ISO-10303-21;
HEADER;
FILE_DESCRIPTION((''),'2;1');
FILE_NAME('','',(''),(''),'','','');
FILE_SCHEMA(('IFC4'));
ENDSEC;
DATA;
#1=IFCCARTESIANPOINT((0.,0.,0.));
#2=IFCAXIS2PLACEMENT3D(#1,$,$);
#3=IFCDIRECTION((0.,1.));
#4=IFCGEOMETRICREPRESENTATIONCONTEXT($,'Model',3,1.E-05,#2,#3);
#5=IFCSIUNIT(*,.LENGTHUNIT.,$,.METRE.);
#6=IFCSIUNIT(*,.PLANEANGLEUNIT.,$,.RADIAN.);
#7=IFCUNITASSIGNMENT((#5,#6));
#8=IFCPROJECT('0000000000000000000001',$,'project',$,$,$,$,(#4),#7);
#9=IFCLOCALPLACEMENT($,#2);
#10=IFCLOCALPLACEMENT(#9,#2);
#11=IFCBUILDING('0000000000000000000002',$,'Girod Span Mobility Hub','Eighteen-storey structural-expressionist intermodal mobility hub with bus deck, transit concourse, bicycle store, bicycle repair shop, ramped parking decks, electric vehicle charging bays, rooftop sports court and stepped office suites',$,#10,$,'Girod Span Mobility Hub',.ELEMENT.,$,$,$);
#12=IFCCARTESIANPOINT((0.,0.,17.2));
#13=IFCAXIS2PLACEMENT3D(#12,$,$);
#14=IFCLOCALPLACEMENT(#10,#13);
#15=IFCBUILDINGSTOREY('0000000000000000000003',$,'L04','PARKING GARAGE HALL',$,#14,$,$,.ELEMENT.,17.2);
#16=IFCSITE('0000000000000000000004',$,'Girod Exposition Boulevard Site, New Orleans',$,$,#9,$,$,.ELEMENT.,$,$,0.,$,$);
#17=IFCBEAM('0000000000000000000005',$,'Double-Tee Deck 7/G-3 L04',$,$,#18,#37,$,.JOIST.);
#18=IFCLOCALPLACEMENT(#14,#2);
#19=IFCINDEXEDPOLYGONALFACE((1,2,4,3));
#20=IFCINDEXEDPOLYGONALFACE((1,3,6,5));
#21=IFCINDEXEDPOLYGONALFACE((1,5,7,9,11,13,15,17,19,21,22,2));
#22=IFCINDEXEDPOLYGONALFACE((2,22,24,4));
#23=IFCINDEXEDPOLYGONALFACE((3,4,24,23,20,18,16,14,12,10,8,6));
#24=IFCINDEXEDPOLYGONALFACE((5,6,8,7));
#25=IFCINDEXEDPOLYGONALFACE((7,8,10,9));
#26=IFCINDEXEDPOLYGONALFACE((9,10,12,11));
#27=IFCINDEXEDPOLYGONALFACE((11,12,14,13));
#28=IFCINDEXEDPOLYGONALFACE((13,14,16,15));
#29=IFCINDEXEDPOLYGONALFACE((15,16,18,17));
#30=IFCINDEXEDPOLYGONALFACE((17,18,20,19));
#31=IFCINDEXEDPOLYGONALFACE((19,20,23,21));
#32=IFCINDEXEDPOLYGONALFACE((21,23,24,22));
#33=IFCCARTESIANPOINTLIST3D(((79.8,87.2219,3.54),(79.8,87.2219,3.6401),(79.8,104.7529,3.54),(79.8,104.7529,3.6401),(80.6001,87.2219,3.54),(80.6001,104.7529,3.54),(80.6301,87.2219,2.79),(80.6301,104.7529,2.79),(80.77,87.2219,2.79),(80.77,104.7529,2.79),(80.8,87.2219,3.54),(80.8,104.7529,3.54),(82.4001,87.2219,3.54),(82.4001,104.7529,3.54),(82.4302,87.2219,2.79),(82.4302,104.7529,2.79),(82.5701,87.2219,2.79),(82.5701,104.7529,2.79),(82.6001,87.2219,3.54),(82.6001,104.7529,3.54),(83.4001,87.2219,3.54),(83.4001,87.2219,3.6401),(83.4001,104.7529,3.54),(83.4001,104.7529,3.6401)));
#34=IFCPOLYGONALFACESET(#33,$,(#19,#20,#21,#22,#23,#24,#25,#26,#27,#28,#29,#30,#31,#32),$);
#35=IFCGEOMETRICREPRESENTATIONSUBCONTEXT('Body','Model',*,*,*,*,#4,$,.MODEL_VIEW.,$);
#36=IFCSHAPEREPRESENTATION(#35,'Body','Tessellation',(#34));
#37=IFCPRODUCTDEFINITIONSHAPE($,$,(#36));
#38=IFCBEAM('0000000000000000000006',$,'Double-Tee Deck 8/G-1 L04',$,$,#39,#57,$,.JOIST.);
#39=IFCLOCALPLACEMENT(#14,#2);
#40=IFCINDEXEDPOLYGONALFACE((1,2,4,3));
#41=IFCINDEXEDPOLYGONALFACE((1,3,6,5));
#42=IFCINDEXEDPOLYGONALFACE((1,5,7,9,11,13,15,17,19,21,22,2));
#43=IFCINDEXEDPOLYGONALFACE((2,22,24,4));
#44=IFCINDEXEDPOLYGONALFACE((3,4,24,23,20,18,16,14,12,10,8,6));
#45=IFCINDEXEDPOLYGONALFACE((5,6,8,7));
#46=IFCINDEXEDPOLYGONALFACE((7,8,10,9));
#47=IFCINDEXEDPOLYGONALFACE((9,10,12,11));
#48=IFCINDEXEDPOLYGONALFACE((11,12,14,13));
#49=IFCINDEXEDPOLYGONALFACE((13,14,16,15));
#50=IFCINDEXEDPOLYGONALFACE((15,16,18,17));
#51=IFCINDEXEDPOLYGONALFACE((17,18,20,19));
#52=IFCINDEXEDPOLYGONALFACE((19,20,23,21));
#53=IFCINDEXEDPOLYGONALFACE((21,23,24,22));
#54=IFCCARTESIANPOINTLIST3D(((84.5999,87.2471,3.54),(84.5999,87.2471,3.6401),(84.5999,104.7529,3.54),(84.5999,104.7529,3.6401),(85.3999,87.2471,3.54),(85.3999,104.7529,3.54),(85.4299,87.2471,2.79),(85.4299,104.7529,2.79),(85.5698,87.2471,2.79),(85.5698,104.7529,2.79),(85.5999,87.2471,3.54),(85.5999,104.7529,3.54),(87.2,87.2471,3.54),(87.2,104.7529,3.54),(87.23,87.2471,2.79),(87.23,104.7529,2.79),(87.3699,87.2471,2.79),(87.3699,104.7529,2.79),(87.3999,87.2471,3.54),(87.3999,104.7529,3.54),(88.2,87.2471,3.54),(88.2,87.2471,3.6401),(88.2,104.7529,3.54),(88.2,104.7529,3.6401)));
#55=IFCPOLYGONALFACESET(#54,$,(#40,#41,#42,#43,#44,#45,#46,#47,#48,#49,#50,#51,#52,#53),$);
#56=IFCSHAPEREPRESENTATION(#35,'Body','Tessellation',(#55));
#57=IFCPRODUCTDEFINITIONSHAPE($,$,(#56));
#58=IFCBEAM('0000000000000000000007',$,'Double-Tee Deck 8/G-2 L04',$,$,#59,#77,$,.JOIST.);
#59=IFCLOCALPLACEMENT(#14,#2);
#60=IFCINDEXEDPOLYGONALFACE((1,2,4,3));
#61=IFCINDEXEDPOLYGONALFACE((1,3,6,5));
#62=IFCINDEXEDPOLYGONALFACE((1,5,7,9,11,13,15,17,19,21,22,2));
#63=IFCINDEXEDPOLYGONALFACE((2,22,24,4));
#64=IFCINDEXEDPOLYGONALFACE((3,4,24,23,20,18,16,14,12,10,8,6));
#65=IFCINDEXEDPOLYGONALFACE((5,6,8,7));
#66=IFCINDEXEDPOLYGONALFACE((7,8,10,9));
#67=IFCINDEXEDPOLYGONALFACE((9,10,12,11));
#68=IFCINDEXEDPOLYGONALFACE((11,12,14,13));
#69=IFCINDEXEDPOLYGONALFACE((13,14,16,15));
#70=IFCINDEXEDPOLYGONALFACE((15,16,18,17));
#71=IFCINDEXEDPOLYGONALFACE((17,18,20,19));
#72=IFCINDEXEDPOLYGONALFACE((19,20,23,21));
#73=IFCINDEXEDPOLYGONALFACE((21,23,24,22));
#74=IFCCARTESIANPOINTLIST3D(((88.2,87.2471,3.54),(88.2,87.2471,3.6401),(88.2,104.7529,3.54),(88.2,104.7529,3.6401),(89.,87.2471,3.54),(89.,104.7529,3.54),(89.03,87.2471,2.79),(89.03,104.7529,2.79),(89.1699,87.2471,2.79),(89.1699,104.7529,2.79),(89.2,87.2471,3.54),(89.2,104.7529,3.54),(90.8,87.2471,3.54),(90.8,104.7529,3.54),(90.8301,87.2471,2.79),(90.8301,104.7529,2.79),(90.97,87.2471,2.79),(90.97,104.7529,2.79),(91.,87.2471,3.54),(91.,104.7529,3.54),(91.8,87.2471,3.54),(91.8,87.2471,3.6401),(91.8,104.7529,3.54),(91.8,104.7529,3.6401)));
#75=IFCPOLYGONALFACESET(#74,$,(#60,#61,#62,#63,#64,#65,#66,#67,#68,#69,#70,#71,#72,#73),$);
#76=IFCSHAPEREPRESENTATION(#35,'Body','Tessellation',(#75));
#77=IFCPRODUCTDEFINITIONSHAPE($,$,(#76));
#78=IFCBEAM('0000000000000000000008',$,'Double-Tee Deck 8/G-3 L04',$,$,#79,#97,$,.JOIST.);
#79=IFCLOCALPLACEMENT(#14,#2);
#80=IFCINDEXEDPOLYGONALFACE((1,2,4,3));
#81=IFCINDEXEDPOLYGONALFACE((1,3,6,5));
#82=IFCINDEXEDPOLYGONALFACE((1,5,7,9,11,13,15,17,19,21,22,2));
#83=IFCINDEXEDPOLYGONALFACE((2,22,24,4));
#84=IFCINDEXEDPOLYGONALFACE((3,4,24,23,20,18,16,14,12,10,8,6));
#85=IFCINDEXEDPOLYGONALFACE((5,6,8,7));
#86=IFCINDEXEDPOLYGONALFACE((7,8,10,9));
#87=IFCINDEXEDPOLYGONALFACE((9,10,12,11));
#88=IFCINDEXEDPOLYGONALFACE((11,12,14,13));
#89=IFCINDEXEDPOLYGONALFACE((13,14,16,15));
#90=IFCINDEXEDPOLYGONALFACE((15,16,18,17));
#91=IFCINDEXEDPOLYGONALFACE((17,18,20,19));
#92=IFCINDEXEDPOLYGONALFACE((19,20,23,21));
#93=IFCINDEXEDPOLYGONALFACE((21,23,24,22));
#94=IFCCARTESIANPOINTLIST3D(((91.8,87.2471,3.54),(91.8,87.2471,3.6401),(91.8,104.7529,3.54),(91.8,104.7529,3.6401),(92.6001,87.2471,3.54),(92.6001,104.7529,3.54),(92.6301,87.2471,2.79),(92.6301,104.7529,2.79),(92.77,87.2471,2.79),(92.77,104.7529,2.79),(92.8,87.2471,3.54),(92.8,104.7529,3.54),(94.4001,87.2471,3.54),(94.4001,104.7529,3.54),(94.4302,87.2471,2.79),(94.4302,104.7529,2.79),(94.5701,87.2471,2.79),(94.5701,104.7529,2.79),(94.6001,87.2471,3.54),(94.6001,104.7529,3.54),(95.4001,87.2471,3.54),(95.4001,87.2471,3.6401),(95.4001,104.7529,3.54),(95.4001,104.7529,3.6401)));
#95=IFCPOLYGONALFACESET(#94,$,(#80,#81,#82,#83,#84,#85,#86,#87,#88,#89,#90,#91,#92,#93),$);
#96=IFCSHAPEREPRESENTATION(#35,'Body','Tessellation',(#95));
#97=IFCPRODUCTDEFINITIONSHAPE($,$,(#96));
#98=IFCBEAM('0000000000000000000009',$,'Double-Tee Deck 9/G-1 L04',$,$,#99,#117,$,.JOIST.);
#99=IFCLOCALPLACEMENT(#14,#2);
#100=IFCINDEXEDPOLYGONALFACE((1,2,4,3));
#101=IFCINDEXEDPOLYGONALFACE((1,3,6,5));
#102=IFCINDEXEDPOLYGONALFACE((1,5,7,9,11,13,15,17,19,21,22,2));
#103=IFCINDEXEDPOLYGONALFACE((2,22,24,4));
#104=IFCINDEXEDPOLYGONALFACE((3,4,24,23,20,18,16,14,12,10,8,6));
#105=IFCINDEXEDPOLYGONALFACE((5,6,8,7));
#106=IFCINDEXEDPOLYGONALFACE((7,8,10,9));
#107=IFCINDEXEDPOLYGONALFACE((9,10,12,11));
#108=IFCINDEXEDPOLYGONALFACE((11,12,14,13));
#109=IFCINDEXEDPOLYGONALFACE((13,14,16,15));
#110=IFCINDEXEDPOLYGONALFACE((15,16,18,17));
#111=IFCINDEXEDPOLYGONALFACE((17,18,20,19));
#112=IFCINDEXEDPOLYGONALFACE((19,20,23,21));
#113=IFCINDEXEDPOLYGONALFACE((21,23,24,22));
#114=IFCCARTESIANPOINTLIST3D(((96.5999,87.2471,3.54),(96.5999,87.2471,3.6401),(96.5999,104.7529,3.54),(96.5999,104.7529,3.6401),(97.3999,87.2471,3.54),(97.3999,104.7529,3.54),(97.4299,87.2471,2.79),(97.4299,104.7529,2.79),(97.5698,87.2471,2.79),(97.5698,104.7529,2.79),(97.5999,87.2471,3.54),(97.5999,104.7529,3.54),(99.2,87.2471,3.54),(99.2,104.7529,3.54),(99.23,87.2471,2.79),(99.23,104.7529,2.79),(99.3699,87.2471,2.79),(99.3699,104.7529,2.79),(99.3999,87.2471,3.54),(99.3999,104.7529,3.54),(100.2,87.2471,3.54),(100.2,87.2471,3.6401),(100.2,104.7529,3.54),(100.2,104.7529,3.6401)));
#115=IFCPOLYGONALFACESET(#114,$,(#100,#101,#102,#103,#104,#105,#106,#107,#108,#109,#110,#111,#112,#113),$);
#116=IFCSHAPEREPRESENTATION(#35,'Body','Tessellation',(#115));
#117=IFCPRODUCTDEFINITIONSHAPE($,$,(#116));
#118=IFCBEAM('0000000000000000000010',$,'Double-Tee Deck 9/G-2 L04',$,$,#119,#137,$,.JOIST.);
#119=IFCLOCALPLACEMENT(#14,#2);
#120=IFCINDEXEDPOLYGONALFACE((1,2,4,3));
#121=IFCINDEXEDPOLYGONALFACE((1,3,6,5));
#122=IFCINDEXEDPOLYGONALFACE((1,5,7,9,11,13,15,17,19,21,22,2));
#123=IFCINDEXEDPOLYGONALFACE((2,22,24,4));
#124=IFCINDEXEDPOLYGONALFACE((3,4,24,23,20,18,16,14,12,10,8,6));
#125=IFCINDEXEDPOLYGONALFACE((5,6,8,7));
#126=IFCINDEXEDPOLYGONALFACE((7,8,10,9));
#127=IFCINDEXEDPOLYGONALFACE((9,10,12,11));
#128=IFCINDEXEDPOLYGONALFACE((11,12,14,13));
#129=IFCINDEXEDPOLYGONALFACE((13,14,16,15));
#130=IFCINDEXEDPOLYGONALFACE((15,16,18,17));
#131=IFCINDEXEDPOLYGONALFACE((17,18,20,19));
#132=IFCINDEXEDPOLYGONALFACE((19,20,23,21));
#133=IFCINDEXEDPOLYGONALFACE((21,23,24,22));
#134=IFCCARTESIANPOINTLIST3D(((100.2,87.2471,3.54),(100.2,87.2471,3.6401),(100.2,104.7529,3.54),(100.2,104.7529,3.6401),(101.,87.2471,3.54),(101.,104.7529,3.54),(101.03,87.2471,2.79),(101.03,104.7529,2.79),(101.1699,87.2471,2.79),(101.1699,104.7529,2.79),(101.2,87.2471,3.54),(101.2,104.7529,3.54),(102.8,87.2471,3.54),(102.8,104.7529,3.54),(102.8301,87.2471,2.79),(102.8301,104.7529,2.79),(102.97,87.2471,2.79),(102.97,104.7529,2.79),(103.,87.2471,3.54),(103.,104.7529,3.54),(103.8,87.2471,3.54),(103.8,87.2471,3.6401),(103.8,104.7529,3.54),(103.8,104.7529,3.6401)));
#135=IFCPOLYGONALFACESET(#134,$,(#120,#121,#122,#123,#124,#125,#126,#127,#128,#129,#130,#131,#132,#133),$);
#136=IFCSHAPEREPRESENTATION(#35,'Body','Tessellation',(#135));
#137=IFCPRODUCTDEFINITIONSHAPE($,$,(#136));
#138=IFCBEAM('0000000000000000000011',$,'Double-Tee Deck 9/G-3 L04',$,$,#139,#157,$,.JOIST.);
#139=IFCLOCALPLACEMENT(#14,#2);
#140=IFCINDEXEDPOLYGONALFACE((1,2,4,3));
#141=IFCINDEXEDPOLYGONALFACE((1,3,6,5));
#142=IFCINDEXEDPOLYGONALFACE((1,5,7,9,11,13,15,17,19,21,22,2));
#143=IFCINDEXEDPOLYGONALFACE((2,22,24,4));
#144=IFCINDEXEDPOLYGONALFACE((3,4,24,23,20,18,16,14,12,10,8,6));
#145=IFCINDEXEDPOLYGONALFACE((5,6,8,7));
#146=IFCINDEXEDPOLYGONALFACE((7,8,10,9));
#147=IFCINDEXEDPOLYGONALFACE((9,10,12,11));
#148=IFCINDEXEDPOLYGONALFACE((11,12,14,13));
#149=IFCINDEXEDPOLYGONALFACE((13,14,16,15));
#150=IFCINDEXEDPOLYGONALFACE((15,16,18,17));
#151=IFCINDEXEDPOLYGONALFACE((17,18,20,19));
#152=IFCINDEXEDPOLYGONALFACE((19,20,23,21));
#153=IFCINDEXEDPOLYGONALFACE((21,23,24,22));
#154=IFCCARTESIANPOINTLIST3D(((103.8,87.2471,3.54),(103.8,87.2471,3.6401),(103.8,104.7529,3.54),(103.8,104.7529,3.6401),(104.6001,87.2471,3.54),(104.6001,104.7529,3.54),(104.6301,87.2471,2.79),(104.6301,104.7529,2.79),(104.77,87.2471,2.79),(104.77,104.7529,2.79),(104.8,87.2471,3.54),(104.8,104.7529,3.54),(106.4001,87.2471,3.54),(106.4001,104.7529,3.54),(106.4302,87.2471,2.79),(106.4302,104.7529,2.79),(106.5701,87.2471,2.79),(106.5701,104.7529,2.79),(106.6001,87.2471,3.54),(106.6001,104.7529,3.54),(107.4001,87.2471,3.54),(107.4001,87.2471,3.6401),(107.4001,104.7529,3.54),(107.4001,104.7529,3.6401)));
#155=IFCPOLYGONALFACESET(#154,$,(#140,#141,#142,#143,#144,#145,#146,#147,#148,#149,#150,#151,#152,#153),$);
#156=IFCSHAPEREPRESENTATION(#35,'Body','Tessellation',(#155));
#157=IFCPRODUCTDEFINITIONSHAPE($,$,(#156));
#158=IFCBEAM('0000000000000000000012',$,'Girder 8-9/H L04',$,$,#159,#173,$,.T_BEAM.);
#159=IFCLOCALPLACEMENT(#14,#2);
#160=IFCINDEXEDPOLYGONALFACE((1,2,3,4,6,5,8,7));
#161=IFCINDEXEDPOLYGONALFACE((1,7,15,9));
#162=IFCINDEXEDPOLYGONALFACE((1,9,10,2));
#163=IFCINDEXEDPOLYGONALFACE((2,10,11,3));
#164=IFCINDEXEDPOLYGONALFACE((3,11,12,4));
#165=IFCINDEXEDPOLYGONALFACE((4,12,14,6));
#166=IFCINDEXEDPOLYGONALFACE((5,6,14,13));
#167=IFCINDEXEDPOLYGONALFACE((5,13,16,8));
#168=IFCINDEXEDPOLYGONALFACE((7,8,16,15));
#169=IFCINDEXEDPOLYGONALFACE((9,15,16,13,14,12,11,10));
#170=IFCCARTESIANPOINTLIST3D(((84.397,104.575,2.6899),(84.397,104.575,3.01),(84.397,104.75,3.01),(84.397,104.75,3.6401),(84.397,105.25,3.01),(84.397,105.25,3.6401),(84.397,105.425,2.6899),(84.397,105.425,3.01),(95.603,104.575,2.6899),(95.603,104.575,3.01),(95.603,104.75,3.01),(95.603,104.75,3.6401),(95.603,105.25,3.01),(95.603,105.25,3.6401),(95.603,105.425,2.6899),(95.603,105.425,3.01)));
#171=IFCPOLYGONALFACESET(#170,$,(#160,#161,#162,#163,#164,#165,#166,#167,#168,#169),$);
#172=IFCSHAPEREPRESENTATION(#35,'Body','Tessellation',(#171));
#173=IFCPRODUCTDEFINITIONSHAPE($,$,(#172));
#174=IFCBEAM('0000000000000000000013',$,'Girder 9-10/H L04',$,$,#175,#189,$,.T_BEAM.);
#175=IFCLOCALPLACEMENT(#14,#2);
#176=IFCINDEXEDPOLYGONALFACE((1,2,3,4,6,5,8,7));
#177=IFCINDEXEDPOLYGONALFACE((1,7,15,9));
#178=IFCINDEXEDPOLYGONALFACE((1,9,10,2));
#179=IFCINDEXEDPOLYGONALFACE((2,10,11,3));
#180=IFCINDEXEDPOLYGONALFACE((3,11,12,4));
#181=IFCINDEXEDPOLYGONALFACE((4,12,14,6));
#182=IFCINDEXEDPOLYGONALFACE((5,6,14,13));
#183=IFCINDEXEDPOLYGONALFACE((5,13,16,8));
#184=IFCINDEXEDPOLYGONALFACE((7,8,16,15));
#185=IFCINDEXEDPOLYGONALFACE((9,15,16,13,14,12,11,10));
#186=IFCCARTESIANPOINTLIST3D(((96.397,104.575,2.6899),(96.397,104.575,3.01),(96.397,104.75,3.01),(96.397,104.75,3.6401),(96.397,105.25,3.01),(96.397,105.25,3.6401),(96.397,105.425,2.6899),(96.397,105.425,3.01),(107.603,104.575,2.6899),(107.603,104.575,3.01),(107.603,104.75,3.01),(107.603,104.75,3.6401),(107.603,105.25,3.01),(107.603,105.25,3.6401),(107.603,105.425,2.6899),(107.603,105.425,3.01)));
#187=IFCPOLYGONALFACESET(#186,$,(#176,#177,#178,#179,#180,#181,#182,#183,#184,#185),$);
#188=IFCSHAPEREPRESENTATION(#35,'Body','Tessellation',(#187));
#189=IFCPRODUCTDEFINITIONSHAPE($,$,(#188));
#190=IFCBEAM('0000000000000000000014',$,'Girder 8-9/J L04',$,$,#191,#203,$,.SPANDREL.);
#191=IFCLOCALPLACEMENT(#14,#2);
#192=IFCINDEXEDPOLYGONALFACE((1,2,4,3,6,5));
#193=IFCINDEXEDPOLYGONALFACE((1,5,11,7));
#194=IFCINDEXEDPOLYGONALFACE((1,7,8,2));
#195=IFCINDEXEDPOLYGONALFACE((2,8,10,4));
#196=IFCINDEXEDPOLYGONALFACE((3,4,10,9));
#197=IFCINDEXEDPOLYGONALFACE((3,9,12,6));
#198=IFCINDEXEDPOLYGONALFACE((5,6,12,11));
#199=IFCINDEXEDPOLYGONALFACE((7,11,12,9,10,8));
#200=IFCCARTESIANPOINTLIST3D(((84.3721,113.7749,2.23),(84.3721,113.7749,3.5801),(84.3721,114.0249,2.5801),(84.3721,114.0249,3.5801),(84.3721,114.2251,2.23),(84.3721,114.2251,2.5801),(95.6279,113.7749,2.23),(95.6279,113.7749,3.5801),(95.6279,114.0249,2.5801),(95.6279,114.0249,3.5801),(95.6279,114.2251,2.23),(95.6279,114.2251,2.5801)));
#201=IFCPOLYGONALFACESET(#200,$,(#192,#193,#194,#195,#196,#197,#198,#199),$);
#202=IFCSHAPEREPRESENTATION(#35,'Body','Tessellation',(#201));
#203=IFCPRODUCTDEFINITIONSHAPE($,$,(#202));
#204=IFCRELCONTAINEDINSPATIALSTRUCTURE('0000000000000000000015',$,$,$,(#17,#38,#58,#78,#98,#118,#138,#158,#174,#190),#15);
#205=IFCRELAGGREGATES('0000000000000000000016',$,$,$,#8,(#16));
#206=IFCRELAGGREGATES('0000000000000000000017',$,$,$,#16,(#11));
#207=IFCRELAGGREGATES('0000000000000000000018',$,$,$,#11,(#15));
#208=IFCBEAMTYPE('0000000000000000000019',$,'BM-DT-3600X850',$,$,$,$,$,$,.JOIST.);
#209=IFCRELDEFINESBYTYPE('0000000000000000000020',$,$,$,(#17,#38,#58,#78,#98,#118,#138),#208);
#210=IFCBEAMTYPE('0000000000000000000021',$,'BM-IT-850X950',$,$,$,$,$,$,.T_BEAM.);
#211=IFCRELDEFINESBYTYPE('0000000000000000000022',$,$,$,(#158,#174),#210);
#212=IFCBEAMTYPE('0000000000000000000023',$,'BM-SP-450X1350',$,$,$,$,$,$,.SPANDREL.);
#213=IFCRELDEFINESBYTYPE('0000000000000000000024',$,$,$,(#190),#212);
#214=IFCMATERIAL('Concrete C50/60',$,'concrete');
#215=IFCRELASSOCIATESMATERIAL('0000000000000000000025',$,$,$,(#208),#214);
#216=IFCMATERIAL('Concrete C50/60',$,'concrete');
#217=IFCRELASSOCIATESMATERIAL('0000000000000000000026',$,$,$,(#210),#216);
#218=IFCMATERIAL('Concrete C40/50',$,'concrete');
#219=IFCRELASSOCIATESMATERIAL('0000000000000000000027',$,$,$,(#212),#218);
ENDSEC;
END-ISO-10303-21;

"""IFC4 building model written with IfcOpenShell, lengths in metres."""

from ifc_helpers import new_model, si_unit, direction, frame, origin, place, context, subcontext, project, spatial, polyline, outline, extrude, material, material_profile, profile_set, type_object, element, save


model = new_model("IFC4")

# Units and contexts
model_context = context("Model", 3, precision=1e-05, world=origin(), true_north=direction((0.0, 1.0)))
body_context = subcontext(model_context, "Body", "Model", "MODEL_VIEW")
ifc_project = project(units=[si_unit("LENGTHUNIT", "METRE"), si_unit("PLANEANGLEUNIT", "RADIAN")], contexts=[model_context])

# Site, building, storey
site_placement = place(None, origin())
site = spatial("IfcSite", under=ifc_project, at=site_placement, Name="Girod Exposition Boulevard Site, New Orleans", CompositionType="ELEMENT", RefElevation=0.0)
building_placement = place(site_placement, origin())
building = spatial("IfcBuilding", under=site, at=building_placement, Name="Girod Span Mobility Hub", Description="Eighteen-storey structural-expressionist intermodal mobility hub with bus deck, transit concourse, bicycle store, bicycle repair shop, ramped parking decks, electric vehicle charging bays, rooftop sports court and stepped office suites", LongName="Girod Span Mobility Hub", CompositionType="ELEMENT")
storey_placement = place(building_placement, frame((0.0, 0.0, 17.2)))
storey = spatial("IfcBuildingStorey", under=building, at=storey_placement, Name="L04", Description="PARKING GARAGE HALL", CompositionType="ELEMENT", Elevation=17.2)

# Beams
ifc_material_1 = material(Name="Concrete C50/60", Category="concrete")
ifc_material_profile_1 = material_profile(ifc_material_1, outline(polyline([(-1.8, 0.425), (-1.8, 0.325), (-1.0, 0.325), (-0.97, -0.425), (-0.8301, -0.425), (-0.8, 0.325), (0.8, 0.325), (0.8301, -0.425), (0.97, -0.425), (1.0, 0.325), (1.8, 0.325), (1.8, 0.425), (-1.8, 0.425)])), Name="DT-3600X850")
ifc_profile_set_1 = profile_set([ifc_material_profile_1], Name="Concrete C50/60")
beam_type_1 = type_object("IfcBeamType", Name="BM-DT-3600X850", PredefinedType="JOIST", material=ifc_profile_set_1)
beam_1_placement = place(storey_placement, frame((81.6001, 87.2219, 3.2151), z_axis=(0.0, 1.0, 0.0), x_axis=(-1.0, 0.0, 0.0)))
element("IfcBeam", 1, at=beam_1_placement, inside=storey, type_object=beam_type_1, Name="Double-Tee Deck 7/G-3 L04", PredefinedType="JOIST", context=body_context, shape_type="SweptSolid", body=[
    extrude(outline(polyline([(-1.8, 0.425), (-1.8, 0.325), (-1.0, 0.325), (-0.97, -0.425), (-0.8301, -0.425), (-0.8, 0.325), (0.8, 0.325), (0.8301, -0.425), (0.97, -0.425), (1.0, 0.325), (1.8, 0.325), (1.8, 0.425), (-1.8, 0.425)])), origin(), (0.0, 0.0, 1.0), 17.531),
])
for number, where, z_axis, x_axis, name in (
    (2, (86.3999, 87.2471, 3.2151), (0.0, 1.0, 0.0), (-1.0, 0.0, 0.0), "Double-Tee Deck 8/G-1 L04"),
    (3, (90.0, 87.2471, 3.2151), (0.0, 1.0, 0.0), (-1.0, 0.0, 0.0), "Double-Tee Deck 8/G-2 L04"),
    (4, (93.6001, 87.2471, 3.2151), (0.0, 1.0, 0.0), (-1.0, 0.0, 0.0), "Double-Tee Deck 8/G-3 L04"),
    (5, (98.3999, 87.2471, 3.2151), (0.0, 1.0, 0.0), (-1.0, 0.0, 0.0), "Double-Tee Deck 9/G-1 L04"),
    (6, (102.0, 87.2471, 3.2151), (0.0, 1.0, 0.0), (-1.0, 0.0, 0.0), "Double-Tee Deck 9/G-2 L04"),
    (7, (105.6001, 87.2471, 3.2151), (0.0, 1.0, 0.0), (-1.0, 0.0, 0.0), "Double-Tee Deck 9/G-3 L04"),
):
    element("IfcBeam", number, at=place(storey_placement, frame(where, z_axis=z_axis, x_axis=x_axis)), inside=storey, type_object=beam_type_1, Name=name, PredefinedType="JOIST", context=body_context, shape_type="SweptSolid", body=[
        extrude(outline(polyline([(-1.8, 0.425), (-1.8, 0.325), (-1.0, 0.325), (-0.97, -0.425), (-0.8301, -0.425), (-0.8, 0.325), (0.8, 0.325), (0.8301, -0.425), (0.97, -0.425), (1.0, 0.325), (1.8, 0.325), (1.8, 0.425), (-1.8, 0.425)])), origin(), (0.0, 0.0, 1.0), 17.5059),
    ])
ifc_material_2 = material(Name="Concrete C50/60", Category="concrete")
ifc_material_profile_2 = material_profile(ifc_material_2, outline(polyline([(-0.425, -0.4751), (0.425, -0.4751), (0.425, -0.155), (0.25, -0.155), (0.25, 0.4751), (-0.25, 0.4751), (-0.25, -0.155), (-0.425, -0.155), (-0.425, -0.4751)])), Name="IT-850X950")
ifc_profile_set_2 = profile_set([ifc_material_profile_2], Name="Concrete C50/60")
beam_type_2 = type_object("IfcBeamType", Name="BM-IT-850X950", PredefinedType="T_BEAM", material=ifc_profile_set_2)
for number, where, z_axis, x_axis, name in (
    (8, (84.397, 105.0, 3.165), (1.0, 0.0, 0.0), (0.0, 1.0, 0.0), "Girder 8-9/H L04"),
    (9, (96.397, 105.0, 3.165), (1.0, 0.0, 0.0), (0.0, 1.0, 0.0), "Girder 9-10/H L04"),
):
    element("IfcBeam", number, at=place(storey_placement, frame(where, z_axis=z_axis, x_axis=x_axis)), inside=storey, type_object=beam_type_2, Name=name, PredefinedType="T_BEAM", context=body_context, shape_type="SweptSolid", body=[
        extrude(outline(polyline([(-0.425, -0.4751), (0.425, -0.4751), (0.425, -0.155), (0.25, -0.155), (0.25, 0.4751), (-0.25, 0.4751), (-0.25, -0.155), (-0.425, -0.155), (-0.425, -0.4751)])), origin(), (0.0, 0.0, 1.0), 11.2061),
    ])
ifc_material_3 = material(Name="Concrete C40/50", Category="concrete")
ifc_material_profile_3 = material_profile(ifc_material_3, outline(polyline([(-0.2251, -0.675), (0.2251, -0.675), (0.2251, -0.325), (0.0249, -0.325), (0.0249, 0.675), (-0.2251, 0.675), (-0.2251, -0.675)])), Name="SP-450X1350")
ifc_profile_set_3 = profile_set([ifc_material_profile_3], Name="Concrete C40/50")
beam_type_3 = type_object("IfcBeamType", Name="BM-SP-450X1350", PredefinedType="SPANDREL", material=ifc_profile_set_3)
for number, where, z_axis, x_axis, name in (
    (10, (84.3721, 114.0, 2.905), (1.0, 0.0, 0.0), (0.0, 1.0, 0.0), "Girder 8-9/J L04"),
):
    element("IfcBeam", number, at=place(storey_placement, frame(where, z_axis=z_axis, x_axis=x_axis)), inside=storey, type_object=beam_type_3, Name=name, PredefinedType="SPANDREL", context=body_context, shape_type="SweptSolid", body=[
        extrude(outline(polyline([(-0.2251, -0.675), (0.2251, -0.675), (0.2251, -0.325), (0.0249, -0.325), (0.0249, 0.675), (-0.2251, 0.675), (-0.2251, -0.675)])), origin(), (0.0, 0.0, 1.0), 11.2559),
    ])

save(model, "model.ifc")
